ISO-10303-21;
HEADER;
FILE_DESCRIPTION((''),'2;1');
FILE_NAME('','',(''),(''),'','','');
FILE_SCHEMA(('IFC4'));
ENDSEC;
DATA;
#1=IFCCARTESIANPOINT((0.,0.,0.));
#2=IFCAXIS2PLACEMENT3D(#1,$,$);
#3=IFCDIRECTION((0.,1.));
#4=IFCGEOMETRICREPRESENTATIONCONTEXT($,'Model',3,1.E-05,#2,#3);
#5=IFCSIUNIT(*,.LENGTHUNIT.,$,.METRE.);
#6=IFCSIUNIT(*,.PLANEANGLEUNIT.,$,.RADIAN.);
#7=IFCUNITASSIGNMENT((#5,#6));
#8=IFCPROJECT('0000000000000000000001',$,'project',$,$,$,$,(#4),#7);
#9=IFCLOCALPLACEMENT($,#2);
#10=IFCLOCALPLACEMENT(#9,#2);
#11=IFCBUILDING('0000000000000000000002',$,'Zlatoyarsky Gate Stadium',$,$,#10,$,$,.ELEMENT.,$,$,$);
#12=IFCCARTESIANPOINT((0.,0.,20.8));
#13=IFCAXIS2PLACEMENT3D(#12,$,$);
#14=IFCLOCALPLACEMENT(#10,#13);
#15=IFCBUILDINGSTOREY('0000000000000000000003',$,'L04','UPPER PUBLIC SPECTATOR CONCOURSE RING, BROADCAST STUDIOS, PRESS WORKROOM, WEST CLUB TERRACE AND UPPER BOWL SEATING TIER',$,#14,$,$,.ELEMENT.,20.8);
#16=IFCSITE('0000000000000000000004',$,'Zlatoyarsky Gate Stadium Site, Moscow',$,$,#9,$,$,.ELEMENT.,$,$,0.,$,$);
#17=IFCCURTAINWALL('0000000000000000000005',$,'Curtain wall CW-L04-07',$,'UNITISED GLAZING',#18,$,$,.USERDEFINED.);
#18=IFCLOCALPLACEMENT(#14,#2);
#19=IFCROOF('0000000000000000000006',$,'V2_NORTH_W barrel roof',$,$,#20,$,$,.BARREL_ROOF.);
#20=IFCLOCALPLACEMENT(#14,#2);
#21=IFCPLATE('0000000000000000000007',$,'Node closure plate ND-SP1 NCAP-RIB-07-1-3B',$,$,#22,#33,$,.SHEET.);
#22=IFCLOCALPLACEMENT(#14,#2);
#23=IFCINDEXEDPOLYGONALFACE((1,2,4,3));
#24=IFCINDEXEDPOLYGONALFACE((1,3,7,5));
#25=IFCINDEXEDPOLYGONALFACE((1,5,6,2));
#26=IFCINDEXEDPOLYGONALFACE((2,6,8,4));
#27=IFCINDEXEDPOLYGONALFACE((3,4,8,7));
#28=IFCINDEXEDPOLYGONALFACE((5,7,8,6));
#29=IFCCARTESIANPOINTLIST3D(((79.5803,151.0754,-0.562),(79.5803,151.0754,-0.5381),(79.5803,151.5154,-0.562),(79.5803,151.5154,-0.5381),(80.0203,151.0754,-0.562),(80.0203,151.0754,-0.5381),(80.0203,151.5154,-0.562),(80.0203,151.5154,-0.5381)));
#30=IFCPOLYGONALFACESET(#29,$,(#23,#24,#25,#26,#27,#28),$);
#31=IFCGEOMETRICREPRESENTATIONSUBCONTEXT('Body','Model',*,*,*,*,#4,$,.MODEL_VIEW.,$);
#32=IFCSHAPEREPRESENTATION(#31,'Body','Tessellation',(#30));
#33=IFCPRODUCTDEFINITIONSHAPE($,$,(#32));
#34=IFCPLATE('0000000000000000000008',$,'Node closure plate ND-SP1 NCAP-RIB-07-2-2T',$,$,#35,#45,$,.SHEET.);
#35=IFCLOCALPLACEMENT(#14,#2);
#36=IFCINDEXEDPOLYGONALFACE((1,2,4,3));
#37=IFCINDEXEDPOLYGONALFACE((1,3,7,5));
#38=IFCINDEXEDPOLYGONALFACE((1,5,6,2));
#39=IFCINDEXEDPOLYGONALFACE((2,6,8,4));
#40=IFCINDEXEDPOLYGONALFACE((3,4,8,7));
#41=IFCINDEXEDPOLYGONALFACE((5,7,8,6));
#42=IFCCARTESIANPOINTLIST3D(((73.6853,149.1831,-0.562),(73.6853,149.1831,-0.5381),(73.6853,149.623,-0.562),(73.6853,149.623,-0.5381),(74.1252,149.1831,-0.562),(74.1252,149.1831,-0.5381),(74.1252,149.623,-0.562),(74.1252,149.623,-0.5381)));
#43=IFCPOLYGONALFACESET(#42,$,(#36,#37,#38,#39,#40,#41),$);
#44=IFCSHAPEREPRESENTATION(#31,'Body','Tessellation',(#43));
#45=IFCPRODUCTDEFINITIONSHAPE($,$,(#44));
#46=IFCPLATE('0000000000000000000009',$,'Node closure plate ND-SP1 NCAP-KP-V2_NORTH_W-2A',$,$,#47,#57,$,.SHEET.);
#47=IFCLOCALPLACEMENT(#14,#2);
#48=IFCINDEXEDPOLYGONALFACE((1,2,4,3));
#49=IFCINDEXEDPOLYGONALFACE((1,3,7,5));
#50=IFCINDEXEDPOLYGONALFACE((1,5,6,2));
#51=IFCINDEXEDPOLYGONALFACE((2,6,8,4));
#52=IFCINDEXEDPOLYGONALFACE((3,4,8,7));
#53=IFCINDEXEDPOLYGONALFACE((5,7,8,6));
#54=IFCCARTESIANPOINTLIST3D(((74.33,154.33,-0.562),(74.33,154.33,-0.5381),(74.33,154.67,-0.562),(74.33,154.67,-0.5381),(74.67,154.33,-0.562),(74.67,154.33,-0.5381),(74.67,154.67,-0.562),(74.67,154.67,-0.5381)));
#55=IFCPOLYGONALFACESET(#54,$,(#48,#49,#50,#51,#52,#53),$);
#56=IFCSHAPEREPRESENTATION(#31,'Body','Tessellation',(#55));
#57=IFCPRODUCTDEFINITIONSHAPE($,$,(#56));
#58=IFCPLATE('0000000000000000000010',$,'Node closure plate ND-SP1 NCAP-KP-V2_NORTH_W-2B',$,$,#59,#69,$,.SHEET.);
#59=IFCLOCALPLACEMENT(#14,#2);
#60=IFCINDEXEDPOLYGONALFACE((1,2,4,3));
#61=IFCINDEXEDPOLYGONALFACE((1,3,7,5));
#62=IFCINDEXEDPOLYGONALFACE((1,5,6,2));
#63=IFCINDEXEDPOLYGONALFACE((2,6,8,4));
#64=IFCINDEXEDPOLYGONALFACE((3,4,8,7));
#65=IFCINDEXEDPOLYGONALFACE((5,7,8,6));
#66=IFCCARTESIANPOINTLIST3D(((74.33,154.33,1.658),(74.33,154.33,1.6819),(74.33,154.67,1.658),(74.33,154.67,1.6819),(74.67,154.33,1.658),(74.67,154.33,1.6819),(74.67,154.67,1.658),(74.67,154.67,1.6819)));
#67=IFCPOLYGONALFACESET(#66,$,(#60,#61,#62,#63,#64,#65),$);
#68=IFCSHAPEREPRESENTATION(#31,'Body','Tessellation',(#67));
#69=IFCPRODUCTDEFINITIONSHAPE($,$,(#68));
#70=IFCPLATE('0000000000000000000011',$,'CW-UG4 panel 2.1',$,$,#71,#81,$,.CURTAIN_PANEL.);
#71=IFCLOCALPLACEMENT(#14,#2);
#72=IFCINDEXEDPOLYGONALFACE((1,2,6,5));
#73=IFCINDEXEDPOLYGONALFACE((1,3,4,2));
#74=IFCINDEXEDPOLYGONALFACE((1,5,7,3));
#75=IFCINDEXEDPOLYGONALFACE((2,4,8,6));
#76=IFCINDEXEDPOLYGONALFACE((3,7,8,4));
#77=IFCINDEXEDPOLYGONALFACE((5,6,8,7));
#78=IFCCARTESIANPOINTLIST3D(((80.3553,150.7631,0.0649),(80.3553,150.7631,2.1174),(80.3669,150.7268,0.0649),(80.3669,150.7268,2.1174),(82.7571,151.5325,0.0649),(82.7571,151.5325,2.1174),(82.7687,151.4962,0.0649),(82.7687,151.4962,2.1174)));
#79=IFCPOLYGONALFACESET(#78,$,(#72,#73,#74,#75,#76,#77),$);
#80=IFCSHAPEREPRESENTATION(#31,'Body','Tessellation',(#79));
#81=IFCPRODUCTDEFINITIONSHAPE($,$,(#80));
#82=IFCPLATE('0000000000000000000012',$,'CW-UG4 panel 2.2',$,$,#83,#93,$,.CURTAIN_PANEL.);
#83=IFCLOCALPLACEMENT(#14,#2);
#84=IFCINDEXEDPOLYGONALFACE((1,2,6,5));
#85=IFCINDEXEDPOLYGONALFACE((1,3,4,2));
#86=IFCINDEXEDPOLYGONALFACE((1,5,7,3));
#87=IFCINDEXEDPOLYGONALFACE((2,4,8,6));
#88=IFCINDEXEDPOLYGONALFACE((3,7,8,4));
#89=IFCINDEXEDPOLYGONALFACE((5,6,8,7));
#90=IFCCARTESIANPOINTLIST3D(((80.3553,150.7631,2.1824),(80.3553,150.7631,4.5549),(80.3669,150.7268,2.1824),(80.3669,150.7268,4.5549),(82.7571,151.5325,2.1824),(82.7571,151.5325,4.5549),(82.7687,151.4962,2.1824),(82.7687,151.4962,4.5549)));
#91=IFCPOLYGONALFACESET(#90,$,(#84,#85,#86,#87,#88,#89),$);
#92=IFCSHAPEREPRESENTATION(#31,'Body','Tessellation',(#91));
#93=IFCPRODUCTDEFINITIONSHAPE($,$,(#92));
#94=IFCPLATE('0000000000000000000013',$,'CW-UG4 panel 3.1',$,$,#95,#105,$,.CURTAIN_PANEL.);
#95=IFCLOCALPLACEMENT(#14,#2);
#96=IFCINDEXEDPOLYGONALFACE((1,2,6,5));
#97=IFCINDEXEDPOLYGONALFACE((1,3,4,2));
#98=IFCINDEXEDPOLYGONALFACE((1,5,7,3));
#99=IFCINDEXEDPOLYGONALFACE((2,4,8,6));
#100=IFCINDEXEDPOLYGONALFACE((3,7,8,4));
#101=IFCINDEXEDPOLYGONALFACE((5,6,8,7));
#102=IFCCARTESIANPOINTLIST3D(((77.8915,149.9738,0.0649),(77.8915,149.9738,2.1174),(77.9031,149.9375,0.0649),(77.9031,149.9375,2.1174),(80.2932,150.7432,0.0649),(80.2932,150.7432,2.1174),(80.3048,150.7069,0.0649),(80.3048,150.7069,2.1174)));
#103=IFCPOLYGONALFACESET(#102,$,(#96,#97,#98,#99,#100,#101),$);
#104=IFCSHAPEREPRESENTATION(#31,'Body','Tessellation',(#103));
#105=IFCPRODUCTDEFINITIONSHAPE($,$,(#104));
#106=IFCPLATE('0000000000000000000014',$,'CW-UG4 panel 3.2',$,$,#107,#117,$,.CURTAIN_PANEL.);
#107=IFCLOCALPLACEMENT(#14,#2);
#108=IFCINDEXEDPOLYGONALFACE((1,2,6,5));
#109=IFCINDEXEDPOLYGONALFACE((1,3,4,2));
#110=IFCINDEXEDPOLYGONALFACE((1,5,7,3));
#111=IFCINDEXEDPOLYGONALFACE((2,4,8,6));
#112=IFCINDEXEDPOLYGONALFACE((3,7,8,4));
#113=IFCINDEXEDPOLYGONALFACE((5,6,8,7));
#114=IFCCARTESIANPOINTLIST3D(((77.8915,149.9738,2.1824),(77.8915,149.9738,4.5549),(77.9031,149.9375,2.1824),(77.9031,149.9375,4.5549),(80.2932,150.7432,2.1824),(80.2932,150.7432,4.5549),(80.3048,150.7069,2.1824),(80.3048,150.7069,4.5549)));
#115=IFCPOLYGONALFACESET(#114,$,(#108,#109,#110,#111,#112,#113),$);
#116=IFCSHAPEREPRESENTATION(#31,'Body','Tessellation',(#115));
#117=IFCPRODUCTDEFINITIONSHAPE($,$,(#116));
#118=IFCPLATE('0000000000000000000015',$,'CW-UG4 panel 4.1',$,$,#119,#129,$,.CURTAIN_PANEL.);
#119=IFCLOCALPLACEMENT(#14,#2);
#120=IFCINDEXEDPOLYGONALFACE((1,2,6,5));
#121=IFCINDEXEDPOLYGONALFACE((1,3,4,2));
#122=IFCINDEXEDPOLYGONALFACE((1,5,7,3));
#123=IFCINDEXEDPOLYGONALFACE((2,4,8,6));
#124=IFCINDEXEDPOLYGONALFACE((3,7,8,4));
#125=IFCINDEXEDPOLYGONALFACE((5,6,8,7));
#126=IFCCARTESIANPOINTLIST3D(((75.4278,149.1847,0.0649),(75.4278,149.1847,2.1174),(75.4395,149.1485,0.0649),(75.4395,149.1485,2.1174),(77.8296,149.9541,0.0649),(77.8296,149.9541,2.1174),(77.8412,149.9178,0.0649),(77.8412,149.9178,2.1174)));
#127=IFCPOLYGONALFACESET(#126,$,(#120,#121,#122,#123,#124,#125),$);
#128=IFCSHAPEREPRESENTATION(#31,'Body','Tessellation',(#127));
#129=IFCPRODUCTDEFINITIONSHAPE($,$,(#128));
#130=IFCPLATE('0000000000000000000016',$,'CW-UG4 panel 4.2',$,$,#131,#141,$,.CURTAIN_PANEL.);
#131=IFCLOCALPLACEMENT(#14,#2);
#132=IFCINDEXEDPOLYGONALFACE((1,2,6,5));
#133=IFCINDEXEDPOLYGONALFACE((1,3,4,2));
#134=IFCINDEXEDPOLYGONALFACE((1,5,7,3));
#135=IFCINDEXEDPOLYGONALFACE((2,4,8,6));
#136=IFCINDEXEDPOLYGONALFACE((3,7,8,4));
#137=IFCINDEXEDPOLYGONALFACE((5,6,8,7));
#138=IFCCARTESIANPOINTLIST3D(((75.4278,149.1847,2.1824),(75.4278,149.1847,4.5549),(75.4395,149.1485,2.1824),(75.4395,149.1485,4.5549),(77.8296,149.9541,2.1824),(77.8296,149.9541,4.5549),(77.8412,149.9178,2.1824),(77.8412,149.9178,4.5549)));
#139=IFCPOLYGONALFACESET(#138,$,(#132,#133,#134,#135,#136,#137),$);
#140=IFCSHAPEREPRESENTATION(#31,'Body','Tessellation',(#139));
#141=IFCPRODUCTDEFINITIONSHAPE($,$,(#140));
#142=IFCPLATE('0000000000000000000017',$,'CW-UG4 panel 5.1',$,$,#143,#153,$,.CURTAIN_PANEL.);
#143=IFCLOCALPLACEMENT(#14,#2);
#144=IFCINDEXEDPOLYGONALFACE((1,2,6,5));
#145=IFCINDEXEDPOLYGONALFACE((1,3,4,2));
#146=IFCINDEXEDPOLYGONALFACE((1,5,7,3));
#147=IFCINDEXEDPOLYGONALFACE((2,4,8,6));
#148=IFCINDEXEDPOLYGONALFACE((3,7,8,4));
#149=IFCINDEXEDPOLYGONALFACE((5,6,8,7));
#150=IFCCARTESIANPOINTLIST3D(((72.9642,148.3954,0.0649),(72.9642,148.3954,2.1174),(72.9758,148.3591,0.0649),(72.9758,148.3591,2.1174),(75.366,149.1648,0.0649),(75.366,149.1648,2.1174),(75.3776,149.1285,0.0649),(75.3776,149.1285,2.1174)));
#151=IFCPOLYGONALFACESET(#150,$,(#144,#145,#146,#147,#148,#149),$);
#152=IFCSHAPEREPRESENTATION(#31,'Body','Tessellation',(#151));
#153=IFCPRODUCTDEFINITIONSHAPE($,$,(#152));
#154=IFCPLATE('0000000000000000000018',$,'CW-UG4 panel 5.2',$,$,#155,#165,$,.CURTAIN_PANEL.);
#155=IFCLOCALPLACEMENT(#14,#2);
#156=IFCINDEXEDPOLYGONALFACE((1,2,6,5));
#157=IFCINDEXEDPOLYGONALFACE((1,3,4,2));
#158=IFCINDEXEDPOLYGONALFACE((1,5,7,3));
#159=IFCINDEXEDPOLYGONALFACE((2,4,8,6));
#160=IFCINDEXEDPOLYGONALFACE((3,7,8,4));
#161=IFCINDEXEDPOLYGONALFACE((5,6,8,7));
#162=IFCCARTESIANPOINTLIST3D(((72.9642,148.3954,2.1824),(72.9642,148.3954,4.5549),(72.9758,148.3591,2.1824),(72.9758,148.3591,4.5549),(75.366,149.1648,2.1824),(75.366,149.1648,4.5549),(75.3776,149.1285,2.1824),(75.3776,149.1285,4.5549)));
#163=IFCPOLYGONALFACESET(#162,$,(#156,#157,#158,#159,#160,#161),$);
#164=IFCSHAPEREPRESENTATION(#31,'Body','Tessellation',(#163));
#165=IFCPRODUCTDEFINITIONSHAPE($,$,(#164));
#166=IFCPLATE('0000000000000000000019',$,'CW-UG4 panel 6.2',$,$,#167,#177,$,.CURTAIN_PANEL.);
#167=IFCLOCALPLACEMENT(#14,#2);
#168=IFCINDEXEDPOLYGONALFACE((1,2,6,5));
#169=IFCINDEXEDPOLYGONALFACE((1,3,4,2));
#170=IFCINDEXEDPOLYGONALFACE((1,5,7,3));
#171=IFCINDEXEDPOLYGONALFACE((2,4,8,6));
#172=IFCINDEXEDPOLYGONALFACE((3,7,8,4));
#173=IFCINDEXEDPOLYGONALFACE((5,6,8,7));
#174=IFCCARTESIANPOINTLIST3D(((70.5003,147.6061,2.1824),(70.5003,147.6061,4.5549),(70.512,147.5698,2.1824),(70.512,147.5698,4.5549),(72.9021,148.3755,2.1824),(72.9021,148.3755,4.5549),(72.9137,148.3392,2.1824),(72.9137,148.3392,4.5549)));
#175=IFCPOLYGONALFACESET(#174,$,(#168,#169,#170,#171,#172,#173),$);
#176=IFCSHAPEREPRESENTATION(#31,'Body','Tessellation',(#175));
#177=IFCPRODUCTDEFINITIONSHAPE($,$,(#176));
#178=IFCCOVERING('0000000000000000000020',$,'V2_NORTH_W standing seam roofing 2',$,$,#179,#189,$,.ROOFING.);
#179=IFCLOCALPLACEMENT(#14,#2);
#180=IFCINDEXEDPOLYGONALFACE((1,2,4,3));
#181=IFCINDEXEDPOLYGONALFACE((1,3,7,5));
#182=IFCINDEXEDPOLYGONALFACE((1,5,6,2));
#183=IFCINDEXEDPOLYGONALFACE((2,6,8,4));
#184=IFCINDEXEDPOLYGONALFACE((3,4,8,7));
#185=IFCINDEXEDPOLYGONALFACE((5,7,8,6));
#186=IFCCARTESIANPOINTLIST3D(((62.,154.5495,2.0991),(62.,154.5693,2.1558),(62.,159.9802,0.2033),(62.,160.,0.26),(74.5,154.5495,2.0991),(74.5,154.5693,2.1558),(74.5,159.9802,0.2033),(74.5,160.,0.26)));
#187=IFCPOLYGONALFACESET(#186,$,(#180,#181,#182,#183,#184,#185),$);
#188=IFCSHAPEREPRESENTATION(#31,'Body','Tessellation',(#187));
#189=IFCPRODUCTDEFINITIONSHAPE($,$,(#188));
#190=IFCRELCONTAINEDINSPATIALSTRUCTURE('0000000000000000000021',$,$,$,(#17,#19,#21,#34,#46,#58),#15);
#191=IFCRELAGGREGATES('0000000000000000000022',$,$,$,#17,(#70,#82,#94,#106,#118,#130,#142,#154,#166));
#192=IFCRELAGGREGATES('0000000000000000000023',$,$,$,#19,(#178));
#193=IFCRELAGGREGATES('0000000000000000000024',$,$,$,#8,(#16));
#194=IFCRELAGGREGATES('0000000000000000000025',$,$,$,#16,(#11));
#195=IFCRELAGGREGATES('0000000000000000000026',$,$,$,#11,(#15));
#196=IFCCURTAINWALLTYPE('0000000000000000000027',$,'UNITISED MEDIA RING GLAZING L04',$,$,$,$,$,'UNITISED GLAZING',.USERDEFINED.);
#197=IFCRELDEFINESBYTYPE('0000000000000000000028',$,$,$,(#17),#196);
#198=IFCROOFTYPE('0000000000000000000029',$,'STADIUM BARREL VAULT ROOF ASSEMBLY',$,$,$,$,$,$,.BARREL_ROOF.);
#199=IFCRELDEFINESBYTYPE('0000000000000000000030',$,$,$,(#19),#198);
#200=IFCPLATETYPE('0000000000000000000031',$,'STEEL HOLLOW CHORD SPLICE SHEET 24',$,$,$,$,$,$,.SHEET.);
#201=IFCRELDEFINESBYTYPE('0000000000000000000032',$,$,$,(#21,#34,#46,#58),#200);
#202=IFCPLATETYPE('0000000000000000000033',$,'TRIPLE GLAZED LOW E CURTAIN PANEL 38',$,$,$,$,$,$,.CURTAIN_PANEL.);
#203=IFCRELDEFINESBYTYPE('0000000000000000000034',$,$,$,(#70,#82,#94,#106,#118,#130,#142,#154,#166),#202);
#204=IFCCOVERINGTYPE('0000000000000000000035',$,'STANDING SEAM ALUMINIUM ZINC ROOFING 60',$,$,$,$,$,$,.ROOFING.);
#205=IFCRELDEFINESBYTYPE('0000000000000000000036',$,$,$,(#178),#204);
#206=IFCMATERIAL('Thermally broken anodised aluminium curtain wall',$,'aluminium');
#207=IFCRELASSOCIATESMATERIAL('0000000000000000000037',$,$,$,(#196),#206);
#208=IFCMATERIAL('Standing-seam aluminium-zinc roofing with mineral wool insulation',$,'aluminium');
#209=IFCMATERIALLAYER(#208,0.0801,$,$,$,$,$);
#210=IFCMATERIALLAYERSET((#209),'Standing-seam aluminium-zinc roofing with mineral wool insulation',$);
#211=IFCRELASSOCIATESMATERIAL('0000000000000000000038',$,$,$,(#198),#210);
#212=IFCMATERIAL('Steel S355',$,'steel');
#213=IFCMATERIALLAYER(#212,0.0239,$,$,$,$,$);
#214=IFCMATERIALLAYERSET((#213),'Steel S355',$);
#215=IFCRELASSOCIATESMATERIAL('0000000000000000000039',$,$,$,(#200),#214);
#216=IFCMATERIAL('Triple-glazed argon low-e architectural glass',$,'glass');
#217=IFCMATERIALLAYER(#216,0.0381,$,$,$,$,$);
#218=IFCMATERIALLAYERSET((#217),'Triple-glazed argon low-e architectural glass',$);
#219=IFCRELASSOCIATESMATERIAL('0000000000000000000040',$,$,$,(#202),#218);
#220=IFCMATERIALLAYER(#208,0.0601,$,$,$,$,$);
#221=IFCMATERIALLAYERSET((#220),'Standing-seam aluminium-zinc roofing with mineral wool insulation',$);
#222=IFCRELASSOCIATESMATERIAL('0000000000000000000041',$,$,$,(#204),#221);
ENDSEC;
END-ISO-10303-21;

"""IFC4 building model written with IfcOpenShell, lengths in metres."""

from ifc_helpers import new_model, si_unit, direction, frame, origin, origin_2d, place, context, subcontext, project, spatial, polyline, rectangle, outline, extrude, material, layer, layer_set, type_object, element, aggregate, save


model = new_model("IFC4")

# Units and contexts
model_context = context("Model", 3, precision=1e-05, world=origin(), true_north=direction((0.0, 1.0)))
body_context = subcontext(model_context, "Body", "Model", "MODEL_VIEW")
ifc_project = project(units=[si_unit("LENGTHUNIT", "METRE"), si_unit("PLANEANGLEUNIT", "RADIAN")], contexts=[model_context])

# Site, building, storey
site_placement = place(None, origin())
site = spatial("IfcSite", under=ifc_project, at=site_placement, Name="Zlatoyarsky Gate Stadium Site, Moscow", CompositionType="ELEMENT", RefElevation=0.0)
building_placement = place(site_placement, origin())
building = spatial("IfcBuilding", under=site, at=building_placement, Name="Zlatoyarsky Gate Stadium", CompositionType="ELEMENT")
storey_placement = place(building_placement, frame((0.0, 0.0, 20.8)))
storey = spatial("IfcBuildingStorey", under=building, at=storey_placement, Name="L04", Description="UPPER PUBLIC SPECTATOR CONCOURSE RING, BROADCAST STUDIOS, PRESS WORKROOM, WEST CLUB TERRACE AND UPPER BOWL SEATING TIER", CompositionType="ELEMENT", Elevation=20.8)

# Curtain wall
ifc_material_1 = material(Name="Thermally broken anodised aluminium curtain wall", Category="aluminium")
curtain_wall_type = type_object("IfcCurtainWallType", Name="UNITISED MEDIA RING GLAZING L04", ElementType="UNITISED GLAZING", PredefinedType="USERDEFINED", material=ifc_material_1)
curtain_wall_placement = place(storey_placement, origin())
curtain_wall = element("IfcCurtainWall", 1, at=curtain_wall_placement, inside=storey, type_object=curtain_wall_type, Name="Curtain wall CW-L04-07", ObjectType="UNITISED GLAZING", PredefinedType="USERDEFINED")

# Shared definitions
ifc_material_2 = material(Name="Steel S355", Category="steel")

# Roof
ifc_material_3 = material(Name="Standing-seam aluminium-zinc roofing with mineral wool insulation", Category="aluminium")
ifc_layer_1 = layer(ifc_material_3, 0.0801)
ifc_layer_set_1 = layer_set([ifc_layer_1], Name="Standing-seam aluminium-zinc roofing with mineral wool insulation")
roof_type = type_object("IfcRoofType", Name="STADIUM BARREL VAULT ROOF ASSEMBLY", PredefinedType="BARREL_ROOF", material=ifc_layer_set_1)
roof_placement = place(storey_placement, origin())
roof = element("IfcRoof", 2, at=roof_placement, inside=storey, type_object=roof_type, Name="V2_NORTH_W barrel roof", PredefinedType="BARREL_ROOF")

# Plates
ifc_layer_2 = layer(ifc_material_2, 0.0239)
ifc_layer_set_2 = layer_set([ifc_layer_2], Name="Steel S355")
plate_type_1 = type_object("IfcPlateType", Name="STEEL HOLLOW CHORD SPLICE SHEET 24", PredefinedType="SHEET", material=ifc_layer_set_2)
for number, where, z_axis, x_axis, name in (
    (3, (79.8003, 151.2954, -0.562), (0.0, 0.0, 1.0), (1.0, 0.0, 0.0), "Node closure plate ND-SP1 NCAP-RIB-07-1-3B"),
    (4, (73.9053, 149.4031, -0.562), (0.0, 0.0, 1.0), (1.0, 0.0, 0.0), "Node closure plate ND-SP1 NCAP-RIB-07-2-2T"),
):
    element("IfcPlate", number, at=place(storey_placement, frame(where, z_axis=z_axis, x_axis=x_axis)), inside=storey, type_object=plate_type_1, Name=name, PredefinedType="SHEET", context=body_context, shape_type="SweptSolid", body=[
        extrude(rectangle(XDim=0.4399, YDim=0.4399, at=origin_2d()), origin(), (0.0, 0.0, 1.0), 0.0239),
    ])
for number, where, z_axis, x_axis, name in (
    (5, (74.5, 154.5, -0.562), (0.0, 0.0, 1.0), (1.0, 0.0, 0.0), "Node closure plate ND-SP1 NCAP-KP-V2_NORTH_W-2A"),
    (6, (74.5, 154.5, 1.658), (0.0, 0.0, 1.0), (1.0, 0.0, 0.0), "Node closure plate ND-SP1 NCAP-KP-V2_NORTH_W-2B"),
):
    element("IfcPlate", number, at=place(storey_placement, frame(where, z_axis=z_axis, x_axis=x_axis)), inside=storey, type_object=plate_type_1, Name=name, PredefinedType="SHEET", context=body_context, shape_type="SweptSolid", body=[
        extrude(rectangle(XDim=0.3401, YDim=0.3401, at=origin_2d()), origin(), (0.0, 0.0, 1.0), 0.0239),
    ])

# Plates
ifc_material_4 = material(Name="Triple-glazed argon low-e architectural glass", Category="glass")
ifc_layer_3 = layer(ifc_material_4, 0.0381)
ifc_layer_set_3 = layer_set([ifc_layer_3], Name="Triple-glazed argon low-e architectural glass")
plate_type_2 = type_object("IfcPlateType", Name="TRIPLE GLAZED LOW E CURTAIN PANEL 38", PredefinedType="CURTAIN_PANEL", material=ifc_layer_set_3)
plate_1_placement = place(storey_placement, frame((81.562, 151.1296, 0.0649), z_axis=(0.0, 0.0, 1.0), x_axis=(-0.952331, -0.305066, 0.0)))
plate_1 = element("IfcPlate", 7, at=plate_1_placement, type_object=plate_type_2, Name="CW-UG4 panel 2.1", PredefinedType="CURTAIN_PANEL", context=body_context, shape_type="SweptSolid", body=[
    extrude(rectangle(XDim=2.522, YDim=0.0381, at=origin_2d()), origin(), (0.0, 0.0, 1.0), 2.0525),
])
plate_2_placement = place(storey_placement, frame((81.562, 151.1296, 2.1824), z_axis=(0.0, 0.0, 1.0), x_axis=(-0.952331, -0.305066, 0.0)))
plate_2 = element("IfcPlate", 8, at=plate_2_placement, type_object=plate_type_2, Name="CW-UG4 panel 2.2", PredefinedType="CURTAIN_PANEL", context=body_context, shape_type="SweptSolid", body=[
    extrude(rectangle(XDim=2.522, YDim=0.0381, at=origin_2d()), origin(), (0.0, 0.0, 1.0), 2.3726),
])
plate_3_placement = place(storey_placement, frame((79.0981, 150.3403, 0.0649), z_axis=(0.0, 0.0, 1.0), x_axis=(-0.952331, -0.305066, 0.0)))
plate_3 = element("IfcPlate", 9, at=plate_3_placement, type_object=plate_type_2, Name="CW-UG4 panel 3.1", PredefinedType="CURTAIN_PANEL", context=body_context, shape_type="SweptSolid", body=[
    extrude(rectangle(XDim=2.522, YDim=0.0381, at=origin_2d()), origin(), (0.0, 0.0, 1.0), 2.0525),
])
plate_4_placement = place(storey_placement, frame((79.0981, 150.3403, 2.1824), z_axis=(0.0, 0.0, 1.0), x_axis=(-0.952331, -0.305066, 0.0)))
plate_4 = element("IfcPlate", 10, at=plate_4_placement, type_object=plate_type_2, Name="CW-UG4 panel 3.2", PredefinedType="CURTAIN_PANEL", context=body_context, shape_type="SweptSolid", body=[
    extrude(rectangle(XDim=2.522, YDim=0.0381, at=origin_2d()), origin(), (0.0, 0.0, 1.0), 2.3726),
])
plate_5_placement = place(storey_placement, frame((76.6345, 149.5513, 0.0649), z_axis=(0.0, 0.0, 1.0), x_axis=(-0.952331, -0.305066, 0.0)))
plate_5 = element("IfcPlate", 11, at=plate_5_placement, type_object=plate_type_2, Name="CW-UG4 panel 4.1", PredefinedType="CURTAIN_PANEL", context=body_context, shape_type="SweptSolid", body=[
    extrude(rectangle(XDim=2.522, YDim=0.0381, at=origin_2d()), origin(), (0.0, 0.0, 1.0), 2.0525),
])
plate_6_placement = place(storey_placement, frame((76.6345, 149.5513, 2.1824), z_axis=(0.0, 0.0, 1.0), x_axis=(-0.952331, -0.305066, 0.0)))
plate_6 = element("IfcPlate", 12, at=plate_6_placement, type_object=plate_type_2, Name="CW-UG4 panel 4.2", PredefinedType="CURTAIN_PANEL", context=body_context, shape_type="SweptSolid", body=[
    extrude(rectangle(XDim=2.522, YDim=0.0381, at=origin_2d()), origin(), (0.0, 0.0, 1.0), 2.3726),
])
plate_7_placement = place(storey_placement, frame((74.1709, 148.762, 0.0649), z_axis=(0.0, 0.0, 1.0), x_axis=(-0.952331, -0.305066, 0.0)))
plate_7 = element("IfcPlate", 13, at=plate_7_placement, type_object=plate_type_2, Name="CW-UG4 panel 5.1", PredefinedType="CURTAIN_PANEL", context=body_context, shape_type="SweptSolid", body=[
    extrude(rectangle(XDim=2.522, YDim=0.0381, at=origin_2d()), origin(), (0.0, 0.0, 1.0), 2.0525),
])
plate_8_placement = place(storey_placement, frame((74.1709, 148.762, 2.1824), z_axis=(0.0, 0.0, 1.0), x_axis=(-0.952331, -0.305066, 0.0)))
plate_8 = element("IfcPlate", 14, at=plate_8_placement, type_object=plate_type_2, Name="CW-UG4 panel 5.2", PredefinedType="CURTAIN_PANEL", context=body_context, shape_type="SweptSolid", body=[
    extrude(rectangle(XDim=2.522, YDim=0.0381, at=origin_2d()), origin(), (0.0, 0.0, 1.0), 2.3726),
])
plate_9_placement = place(storey_placement, frame((71.707, 147.9727, 2.1824), z_axis=(0.0, 0.0, 1.0), x_axis=(-0.952331, -0.305066, 0.0)))
plate_9 = element("IfcPlate", 15, at=plate_9_placement, type_object=plate_type_2, Name="CW-UG4 panel 6.2", PredefinedType="CURTAIN_PANEL", context=body_context, shape_type="SweptSolid", body=[
    extrude(rectangle(XDim=2.522, YDim=0.0381, at=origin_2d()), origin(), (0.0, 0.0, 1.0), 2.3726),
])
aggregate(curtain_wall, [plate_1, plate_2, plate_3, plate_4, plate_5, plate_6, plate_7, plate_8, plate_9])

# Covering
ifc_layer_4 = layer(ifc_material_3, 0.0601)
ifc_layer_set_4 = layer_set([ifc_layer_4], Name="Standing-seam aluminium-zinc roofing with mineral wool insulation")
covering_type = type_object("IfcCoveringType", Name="STANDING SEAM ALUMINIUM ZINC ROOFING 60", PredefinedType="ROOFING", material=ifc_layer_set_4)
covering_placement = place(storey_placement, frame((74.5, 160.0, 0.26), z_axis=(0.0, 0.329579, 0.944128), x_axis=(-1.0, 0.0, 0.0)))
covering = element("IfcCovering", 16, at=covering_placement, type_object=covering_type, Name="V2_NORTH_W standing seam roofing 2", PredefinedType="ROOFING", context=body_context, shape_type="SweptSolid", body=[
    extrude(outline(polyline([(0.0, 0.0), (12.5, 0.0), (12.5, 5.752), (0.0, 5.752), (0.0, 0.0)])), origin(), (0.0, 0.0, -1.0), 0.0601),
])
aggregate(roof, [covering])

save(model, "model.ifc")
